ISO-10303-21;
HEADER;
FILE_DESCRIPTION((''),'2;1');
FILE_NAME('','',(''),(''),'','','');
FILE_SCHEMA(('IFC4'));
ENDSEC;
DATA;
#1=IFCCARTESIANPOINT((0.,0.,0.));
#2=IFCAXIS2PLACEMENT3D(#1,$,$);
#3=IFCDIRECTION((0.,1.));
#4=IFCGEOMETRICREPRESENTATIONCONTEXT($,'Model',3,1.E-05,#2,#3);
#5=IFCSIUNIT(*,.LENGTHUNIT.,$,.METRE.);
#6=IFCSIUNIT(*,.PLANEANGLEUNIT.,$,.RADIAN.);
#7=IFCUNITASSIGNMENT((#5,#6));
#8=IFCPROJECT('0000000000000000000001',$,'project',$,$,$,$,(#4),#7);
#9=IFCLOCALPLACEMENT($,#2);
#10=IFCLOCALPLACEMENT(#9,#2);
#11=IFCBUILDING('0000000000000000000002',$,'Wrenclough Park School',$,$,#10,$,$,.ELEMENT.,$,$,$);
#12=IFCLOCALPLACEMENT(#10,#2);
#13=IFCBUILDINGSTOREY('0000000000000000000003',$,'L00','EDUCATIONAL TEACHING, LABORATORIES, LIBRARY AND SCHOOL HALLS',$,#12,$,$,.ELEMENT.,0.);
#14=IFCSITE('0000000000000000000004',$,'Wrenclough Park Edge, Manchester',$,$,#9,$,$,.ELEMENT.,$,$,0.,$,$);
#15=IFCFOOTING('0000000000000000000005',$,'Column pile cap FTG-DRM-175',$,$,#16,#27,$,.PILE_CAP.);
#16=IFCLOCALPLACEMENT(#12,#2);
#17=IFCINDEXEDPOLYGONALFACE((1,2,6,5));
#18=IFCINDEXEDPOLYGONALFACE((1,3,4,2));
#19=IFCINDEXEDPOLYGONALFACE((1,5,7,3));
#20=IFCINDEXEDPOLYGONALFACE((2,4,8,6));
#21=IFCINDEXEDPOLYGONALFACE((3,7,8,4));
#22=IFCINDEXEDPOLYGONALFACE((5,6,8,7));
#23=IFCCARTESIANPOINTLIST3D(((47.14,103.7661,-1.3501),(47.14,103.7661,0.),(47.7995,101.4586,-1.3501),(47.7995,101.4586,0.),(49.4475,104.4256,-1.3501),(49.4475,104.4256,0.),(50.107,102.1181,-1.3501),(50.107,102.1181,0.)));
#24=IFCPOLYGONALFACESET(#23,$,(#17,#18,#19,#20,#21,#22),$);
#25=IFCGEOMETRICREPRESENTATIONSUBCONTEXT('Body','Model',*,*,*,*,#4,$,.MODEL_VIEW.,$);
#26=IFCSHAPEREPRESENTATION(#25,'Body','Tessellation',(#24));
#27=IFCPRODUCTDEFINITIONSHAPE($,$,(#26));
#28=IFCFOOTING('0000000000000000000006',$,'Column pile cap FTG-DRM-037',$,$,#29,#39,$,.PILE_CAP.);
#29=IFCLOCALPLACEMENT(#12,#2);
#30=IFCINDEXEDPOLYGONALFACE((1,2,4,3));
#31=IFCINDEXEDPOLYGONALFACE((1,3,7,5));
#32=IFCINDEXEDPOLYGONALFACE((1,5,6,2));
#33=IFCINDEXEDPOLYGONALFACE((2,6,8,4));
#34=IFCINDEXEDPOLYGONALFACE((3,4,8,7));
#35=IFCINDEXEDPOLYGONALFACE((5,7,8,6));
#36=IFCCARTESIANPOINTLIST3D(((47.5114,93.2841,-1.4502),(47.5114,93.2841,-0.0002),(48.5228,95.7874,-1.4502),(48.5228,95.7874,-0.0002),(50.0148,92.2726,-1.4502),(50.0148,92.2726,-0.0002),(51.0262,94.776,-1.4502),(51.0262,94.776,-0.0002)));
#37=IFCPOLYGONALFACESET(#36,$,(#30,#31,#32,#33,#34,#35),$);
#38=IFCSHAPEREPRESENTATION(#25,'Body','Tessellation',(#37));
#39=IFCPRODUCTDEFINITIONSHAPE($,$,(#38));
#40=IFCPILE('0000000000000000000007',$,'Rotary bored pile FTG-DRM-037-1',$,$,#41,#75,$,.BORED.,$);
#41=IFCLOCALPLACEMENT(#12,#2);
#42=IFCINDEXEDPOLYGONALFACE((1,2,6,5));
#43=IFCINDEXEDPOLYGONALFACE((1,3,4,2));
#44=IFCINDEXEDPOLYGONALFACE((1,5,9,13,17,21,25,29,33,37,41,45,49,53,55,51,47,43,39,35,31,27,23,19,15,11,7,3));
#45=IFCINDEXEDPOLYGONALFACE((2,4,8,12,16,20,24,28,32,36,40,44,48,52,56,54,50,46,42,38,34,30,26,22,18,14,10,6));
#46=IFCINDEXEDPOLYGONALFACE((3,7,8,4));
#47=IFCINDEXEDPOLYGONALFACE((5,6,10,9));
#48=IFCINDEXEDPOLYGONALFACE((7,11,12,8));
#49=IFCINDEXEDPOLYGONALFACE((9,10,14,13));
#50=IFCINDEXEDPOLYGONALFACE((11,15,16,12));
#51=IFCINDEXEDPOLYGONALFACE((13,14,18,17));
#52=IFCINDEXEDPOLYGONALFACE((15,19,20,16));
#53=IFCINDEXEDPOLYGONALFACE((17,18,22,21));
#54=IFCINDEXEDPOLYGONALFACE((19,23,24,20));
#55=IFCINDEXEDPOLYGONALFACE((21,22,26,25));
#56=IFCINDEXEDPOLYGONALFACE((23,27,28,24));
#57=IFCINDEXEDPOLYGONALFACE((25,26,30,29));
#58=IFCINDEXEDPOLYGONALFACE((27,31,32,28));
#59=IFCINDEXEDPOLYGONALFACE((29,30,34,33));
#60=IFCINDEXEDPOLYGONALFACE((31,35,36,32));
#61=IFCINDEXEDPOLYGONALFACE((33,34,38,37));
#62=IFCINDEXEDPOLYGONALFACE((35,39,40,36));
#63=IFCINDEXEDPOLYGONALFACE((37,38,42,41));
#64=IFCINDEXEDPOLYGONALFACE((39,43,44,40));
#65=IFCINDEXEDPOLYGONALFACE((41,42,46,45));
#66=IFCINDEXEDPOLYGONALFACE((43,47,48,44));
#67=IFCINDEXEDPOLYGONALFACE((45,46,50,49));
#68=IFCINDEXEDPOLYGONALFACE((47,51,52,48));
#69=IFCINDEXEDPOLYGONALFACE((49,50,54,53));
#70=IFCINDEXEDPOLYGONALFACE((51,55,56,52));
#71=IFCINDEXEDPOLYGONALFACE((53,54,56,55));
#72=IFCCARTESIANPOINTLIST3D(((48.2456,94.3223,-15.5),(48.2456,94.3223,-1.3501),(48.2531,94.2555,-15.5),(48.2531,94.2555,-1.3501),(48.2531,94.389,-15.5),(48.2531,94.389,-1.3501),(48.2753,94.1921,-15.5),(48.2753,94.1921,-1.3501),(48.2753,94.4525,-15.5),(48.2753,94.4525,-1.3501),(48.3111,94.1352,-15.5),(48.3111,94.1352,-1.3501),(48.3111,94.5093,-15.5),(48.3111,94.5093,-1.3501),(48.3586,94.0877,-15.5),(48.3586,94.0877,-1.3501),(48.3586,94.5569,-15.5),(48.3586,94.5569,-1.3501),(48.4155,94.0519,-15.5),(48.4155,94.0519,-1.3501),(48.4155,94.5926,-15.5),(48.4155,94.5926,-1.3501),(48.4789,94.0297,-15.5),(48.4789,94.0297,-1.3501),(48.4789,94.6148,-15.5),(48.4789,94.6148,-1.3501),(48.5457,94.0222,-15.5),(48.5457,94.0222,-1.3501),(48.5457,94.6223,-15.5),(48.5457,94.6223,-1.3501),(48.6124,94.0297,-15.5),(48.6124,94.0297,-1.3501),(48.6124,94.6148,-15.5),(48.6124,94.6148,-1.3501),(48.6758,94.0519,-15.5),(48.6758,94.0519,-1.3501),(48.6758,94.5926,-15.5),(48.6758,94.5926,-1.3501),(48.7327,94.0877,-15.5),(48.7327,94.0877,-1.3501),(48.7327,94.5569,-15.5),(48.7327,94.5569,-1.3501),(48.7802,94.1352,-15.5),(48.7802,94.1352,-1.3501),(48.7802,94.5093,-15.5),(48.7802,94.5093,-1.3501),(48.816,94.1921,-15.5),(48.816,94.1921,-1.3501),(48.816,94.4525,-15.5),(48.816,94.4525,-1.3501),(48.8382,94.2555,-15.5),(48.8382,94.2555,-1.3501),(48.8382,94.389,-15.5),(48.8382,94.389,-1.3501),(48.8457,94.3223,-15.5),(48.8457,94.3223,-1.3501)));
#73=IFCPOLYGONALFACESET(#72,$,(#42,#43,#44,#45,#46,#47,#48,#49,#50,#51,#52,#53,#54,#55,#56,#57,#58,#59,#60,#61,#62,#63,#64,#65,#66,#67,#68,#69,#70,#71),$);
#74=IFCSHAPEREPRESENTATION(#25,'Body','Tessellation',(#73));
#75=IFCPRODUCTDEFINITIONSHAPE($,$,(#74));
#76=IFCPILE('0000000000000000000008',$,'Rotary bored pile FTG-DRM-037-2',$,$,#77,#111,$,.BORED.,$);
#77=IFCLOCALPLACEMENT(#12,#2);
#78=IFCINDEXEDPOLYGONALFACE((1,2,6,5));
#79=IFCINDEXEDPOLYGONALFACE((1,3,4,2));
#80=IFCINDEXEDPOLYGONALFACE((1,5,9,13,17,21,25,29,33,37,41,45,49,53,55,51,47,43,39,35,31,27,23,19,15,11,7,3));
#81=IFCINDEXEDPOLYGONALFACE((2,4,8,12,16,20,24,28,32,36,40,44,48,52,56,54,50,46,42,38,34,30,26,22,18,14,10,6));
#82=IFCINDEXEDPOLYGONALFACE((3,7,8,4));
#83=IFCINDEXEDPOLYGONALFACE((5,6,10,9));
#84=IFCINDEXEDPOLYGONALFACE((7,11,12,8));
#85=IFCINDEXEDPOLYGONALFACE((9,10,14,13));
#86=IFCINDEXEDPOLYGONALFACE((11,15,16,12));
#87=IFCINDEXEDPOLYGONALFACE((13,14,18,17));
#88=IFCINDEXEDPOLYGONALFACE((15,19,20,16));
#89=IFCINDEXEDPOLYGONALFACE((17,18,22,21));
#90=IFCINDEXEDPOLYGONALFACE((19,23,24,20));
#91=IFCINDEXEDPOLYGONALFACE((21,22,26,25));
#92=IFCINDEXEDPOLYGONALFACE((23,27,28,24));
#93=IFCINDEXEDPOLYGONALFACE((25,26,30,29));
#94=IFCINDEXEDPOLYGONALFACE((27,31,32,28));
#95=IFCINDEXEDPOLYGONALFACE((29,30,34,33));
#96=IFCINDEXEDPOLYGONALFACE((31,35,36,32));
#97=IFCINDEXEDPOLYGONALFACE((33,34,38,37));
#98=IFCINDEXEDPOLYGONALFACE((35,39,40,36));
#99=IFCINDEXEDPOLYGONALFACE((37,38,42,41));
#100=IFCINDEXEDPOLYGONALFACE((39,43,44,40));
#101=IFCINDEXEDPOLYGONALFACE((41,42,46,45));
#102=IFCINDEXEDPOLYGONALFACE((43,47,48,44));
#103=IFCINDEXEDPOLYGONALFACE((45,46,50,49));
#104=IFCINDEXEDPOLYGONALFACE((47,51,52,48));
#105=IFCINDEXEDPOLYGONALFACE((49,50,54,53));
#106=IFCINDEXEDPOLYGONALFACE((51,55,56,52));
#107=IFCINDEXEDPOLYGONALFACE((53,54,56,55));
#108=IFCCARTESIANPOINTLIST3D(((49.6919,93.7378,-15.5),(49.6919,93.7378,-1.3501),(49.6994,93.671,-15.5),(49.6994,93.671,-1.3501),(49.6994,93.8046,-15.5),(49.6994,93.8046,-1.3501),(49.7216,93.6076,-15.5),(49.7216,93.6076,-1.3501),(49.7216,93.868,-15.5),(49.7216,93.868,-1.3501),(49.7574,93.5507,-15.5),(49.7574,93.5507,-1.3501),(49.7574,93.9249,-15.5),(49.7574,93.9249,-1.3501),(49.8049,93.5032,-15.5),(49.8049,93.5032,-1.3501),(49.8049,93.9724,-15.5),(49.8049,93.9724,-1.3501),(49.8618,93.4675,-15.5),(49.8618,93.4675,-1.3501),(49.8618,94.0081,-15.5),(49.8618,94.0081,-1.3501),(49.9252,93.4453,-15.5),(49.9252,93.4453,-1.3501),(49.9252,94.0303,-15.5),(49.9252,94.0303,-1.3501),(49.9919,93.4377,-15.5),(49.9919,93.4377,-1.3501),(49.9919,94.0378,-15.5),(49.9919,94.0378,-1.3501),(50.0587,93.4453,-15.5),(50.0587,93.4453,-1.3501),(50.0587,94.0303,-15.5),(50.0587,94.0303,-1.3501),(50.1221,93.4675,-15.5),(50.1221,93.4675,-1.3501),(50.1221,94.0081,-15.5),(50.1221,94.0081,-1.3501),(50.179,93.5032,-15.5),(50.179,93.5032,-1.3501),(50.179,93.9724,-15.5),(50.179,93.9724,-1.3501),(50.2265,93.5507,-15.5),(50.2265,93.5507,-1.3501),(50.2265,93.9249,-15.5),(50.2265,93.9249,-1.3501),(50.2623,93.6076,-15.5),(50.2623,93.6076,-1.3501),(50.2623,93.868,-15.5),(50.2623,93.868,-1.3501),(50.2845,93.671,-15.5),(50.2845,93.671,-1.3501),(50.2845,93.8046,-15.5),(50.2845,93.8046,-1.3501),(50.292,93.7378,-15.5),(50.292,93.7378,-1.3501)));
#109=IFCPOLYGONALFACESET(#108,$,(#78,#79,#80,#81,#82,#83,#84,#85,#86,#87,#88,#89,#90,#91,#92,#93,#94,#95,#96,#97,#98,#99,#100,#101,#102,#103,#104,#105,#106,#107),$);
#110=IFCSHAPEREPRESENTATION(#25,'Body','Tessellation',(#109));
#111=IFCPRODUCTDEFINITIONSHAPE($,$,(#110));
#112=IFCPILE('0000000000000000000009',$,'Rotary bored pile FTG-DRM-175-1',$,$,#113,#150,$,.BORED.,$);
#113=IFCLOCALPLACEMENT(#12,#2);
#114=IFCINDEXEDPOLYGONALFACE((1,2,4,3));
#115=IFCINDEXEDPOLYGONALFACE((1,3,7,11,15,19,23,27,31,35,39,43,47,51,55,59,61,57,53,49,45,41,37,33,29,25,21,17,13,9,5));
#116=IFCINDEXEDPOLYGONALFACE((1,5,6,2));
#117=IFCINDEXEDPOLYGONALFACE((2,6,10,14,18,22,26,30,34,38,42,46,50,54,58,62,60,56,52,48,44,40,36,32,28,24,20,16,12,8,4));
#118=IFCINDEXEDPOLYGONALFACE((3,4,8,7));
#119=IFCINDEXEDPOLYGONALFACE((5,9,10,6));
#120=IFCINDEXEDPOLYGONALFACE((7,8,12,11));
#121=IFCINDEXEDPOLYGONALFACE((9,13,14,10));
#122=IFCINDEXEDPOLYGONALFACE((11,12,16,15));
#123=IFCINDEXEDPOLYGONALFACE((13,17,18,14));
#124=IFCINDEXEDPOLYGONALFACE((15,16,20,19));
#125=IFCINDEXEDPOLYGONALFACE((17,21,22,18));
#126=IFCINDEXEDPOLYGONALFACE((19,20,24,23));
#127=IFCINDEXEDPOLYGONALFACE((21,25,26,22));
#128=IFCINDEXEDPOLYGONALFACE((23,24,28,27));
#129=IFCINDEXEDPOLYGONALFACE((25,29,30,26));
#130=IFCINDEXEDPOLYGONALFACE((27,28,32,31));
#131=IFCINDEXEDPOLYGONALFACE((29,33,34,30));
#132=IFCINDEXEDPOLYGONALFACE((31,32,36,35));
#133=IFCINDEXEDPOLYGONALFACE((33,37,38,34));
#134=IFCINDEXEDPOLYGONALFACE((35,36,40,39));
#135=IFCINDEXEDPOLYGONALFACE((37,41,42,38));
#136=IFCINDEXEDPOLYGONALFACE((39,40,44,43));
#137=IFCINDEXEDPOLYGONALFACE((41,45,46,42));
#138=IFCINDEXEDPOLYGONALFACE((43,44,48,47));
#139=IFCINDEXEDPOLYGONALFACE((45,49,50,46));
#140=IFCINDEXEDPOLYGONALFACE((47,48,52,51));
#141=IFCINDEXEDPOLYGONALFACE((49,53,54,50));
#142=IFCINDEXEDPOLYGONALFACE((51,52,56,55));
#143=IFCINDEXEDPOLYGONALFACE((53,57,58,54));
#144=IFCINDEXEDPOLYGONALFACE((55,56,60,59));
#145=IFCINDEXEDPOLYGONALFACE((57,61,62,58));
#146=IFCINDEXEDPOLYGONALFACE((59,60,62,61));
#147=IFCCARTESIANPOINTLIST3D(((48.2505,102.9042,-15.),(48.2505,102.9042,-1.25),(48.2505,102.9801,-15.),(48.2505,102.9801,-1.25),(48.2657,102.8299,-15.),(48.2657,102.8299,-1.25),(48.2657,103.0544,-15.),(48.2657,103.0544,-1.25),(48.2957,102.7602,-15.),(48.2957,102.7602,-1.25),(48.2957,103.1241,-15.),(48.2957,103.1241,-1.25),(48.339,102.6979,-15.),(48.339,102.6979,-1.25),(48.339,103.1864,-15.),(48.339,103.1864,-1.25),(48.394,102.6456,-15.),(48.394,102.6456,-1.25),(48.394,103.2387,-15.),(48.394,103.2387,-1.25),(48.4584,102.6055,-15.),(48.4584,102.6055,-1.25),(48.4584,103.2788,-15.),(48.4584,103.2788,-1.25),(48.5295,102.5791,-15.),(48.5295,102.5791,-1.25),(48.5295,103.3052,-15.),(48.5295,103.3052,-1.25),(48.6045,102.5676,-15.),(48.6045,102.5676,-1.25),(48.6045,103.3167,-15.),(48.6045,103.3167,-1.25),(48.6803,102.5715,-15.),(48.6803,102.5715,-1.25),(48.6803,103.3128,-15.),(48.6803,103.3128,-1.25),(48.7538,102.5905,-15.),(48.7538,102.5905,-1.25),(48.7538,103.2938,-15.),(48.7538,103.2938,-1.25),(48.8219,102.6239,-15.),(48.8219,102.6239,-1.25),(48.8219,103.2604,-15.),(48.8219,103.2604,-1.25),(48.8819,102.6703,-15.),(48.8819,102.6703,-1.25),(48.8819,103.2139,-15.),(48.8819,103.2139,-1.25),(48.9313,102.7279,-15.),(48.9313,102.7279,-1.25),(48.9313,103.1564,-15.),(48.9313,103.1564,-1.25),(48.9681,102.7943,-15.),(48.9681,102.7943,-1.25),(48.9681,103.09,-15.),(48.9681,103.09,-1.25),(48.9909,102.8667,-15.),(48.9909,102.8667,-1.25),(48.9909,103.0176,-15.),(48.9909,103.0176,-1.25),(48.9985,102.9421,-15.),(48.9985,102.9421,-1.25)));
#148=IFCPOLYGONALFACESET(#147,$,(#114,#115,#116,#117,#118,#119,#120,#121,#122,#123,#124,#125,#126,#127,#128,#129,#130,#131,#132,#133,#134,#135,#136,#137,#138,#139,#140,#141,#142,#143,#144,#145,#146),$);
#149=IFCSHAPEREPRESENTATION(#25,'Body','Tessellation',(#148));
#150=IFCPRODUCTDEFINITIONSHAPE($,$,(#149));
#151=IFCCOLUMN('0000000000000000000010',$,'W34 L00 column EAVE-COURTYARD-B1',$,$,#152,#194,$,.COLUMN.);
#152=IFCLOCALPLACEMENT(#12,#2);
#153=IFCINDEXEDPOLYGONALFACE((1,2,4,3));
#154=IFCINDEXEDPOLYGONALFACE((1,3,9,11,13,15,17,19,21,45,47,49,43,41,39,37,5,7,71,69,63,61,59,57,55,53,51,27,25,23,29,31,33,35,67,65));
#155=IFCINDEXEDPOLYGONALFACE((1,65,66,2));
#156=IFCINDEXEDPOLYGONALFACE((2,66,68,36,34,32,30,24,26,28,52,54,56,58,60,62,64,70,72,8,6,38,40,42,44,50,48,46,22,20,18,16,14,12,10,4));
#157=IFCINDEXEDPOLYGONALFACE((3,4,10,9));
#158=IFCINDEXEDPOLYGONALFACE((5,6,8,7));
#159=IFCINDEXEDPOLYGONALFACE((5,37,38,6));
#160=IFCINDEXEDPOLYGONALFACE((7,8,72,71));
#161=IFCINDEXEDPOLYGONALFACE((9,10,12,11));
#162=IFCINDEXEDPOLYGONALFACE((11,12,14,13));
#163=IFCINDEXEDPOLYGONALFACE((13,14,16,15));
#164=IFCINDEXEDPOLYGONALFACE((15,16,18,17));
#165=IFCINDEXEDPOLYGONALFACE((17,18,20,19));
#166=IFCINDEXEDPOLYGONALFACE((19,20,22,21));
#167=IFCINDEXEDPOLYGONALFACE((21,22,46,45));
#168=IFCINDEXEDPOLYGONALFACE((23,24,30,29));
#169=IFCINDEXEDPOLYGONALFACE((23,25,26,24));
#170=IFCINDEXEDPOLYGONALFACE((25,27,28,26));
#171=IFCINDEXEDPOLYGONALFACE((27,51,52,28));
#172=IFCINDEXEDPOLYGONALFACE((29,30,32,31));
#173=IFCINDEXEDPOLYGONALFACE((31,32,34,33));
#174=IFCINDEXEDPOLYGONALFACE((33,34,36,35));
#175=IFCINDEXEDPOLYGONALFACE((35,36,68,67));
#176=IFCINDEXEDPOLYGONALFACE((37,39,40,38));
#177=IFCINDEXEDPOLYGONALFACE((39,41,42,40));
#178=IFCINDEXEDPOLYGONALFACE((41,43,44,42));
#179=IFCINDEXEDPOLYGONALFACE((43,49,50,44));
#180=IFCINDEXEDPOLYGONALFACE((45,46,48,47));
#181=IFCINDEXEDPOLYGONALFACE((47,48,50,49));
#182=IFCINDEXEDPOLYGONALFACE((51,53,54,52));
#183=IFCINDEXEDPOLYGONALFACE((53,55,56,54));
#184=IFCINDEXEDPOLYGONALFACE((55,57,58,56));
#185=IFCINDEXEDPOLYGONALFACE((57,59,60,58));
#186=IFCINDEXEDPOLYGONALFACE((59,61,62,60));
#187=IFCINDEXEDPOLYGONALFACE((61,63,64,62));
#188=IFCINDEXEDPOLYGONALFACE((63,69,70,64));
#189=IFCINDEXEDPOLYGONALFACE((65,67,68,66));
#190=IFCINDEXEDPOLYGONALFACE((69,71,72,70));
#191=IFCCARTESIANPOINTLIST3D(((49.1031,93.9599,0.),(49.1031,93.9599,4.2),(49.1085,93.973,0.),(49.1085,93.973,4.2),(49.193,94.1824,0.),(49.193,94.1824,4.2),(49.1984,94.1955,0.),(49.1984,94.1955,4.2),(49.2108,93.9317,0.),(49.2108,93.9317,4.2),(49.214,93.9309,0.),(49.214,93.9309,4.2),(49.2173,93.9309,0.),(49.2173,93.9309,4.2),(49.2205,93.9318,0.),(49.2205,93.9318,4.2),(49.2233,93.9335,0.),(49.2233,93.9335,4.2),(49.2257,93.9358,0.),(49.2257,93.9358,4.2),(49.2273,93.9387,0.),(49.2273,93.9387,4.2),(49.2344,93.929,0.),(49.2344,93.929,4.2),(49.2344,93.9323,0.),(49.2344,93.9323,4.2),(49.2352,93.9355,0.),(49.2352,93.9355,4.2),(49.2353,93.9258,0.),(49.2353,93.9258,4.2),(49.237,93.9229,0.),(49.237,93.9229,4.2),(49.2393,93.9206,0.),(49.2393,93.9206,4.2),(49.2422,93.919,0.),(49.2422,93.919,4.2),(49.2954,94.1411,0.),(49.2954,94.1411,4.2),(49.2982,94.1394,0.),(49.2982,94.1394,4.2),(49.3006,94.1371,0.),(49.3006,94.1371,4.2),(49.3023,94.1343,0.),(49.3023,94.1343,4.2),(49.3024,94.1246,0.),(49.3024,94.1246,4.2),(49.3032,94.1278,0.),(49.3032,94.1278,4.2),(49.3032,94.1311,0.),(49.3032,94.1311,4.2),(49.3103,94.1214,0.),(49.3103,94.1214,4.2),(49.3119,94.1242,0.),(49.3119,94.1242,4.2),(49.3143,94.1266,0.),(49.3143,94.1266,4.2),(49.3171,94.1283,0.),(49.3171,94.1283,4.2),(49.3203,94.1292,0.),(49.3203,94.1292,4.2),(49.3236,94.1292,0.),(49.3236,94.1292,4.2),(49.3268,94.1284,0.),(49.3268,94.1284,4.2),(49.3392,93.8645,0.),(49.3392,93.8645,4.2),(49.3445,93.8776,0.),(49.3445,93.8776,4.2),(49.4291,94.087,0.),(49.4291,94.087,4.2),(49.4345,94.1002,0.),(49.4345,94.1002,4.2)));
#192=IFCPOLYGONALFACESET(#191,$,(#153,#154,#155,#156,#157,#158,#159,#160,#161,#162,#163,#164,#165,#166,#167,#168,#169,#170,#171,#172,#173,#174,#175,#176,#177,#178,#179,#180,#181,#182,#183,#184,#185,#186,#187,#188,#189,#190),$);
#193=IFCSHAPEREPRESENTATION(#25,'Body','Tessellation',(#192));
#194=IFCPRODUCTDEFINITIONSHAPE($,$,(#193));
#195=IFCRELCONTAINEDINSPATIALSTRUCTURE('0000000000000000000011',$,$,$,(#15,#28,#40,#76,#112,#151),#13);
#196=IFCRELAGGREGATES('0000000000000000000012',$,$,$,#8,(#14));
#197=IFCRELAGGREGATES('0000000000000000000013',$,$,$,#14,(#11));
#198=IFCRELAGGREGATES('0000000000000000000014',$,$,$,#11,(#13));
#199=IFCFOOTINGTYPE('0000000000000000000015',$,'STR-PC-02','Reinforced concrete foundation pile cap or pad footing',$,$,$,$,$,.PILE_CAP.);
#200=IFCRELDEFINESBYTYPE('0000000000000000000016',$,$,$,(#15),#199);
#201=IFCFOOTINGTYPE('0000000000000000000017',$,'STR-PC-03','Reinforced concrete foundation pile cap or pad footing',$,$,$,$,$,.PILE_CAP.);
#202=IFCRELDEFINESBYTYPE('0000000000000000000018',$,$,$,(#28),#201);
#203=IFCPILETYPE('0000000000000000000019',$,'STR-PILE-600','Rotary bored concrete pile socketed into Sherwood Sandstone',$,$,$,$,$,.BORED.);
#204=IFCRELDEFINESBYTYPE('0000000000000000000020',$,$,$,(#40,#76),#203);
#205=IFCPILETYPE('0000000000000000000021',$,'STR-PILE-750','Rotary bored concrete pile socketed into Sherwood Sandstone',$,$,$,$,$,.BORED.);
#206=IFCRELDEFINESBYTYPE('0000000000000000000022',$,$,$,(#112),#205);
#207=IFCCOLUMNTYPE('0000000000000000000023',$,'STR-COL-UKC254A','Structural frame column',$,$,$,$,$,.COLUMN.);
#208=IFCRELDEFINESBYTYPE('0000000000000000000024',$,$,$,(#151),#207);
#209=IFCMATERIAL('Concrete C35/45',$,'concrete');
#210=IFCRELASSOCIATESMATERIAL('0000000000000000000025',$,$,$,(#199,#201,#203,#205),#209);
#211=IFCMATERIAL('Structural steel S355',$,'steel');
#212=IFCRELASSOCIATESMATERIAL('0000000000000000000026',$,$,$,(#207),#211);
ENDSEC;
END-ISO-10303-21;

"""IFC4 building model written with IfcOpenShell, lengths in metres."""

from ifc_helpers import new_model, si_unit, direction, frame, origin, origin_2d, place, context, subcontext, project, spatial, rectangle, circle, i_section, extrude, material, material_profile, profile_set, type_object, element, save


model = new_model("IFC4")

# Units and contexts
model_context = context("Model", 3, precision=1e-05, world=origin(), true_north=direction((0.0, 1.0)))
body_context = subcontext(model_context, "Body", "Model", "MODEL_VIEW")
ifc_project = project(units=[si_unit("LENGTHUNIT", "METRE"), si_unit("PLANEANGLEUNIT", "RADIAN")], contexts=[model_context])

# Site, building, storey
site_placement = place(None, origin())
site = spatial("IfcSite", under=ifc_project, at=site_placement, Name="Wrenclough Park Edge, Manchester", CompositionType="ELEMENT", RefElevation=0.0)
building_placement = place(site_placement, origin())
building = spatial("IfcBuilding", under=site, at=building_placement, Name="Wrenclough Park School", CompositionType="ELEMENT")
storey_placement = place(building_placement, origin())
storey = spatial("IfcBuildingStorey", under=building, at=storey_placement, Name="L00", Description="EDUCATIONAL TEACHING, LABORATORIES, LIBRARY AND SCHOOL HALLS", CompositionType="ELEMENT", Elevation=0.0)

# Footings
ifc_material_1 = material(Name="Concrete C35/45", Category="concrete")
footing_type_1 = type_object("IfcFootingType", Name="STR-PC-02", Description="Reinforced concrete foundation pile cap or pad footing", PredefinedType="PILE_CAP", material=ifc_material_1)
footing_1_placement = place(storey_placement, frame((48.6235, 102.9421, -1.3501), z_axis=(0.0, 0.0, 1.0), x_axis=(0.961502, 0.274798, 0.0)))
element("IfcFooting", 1, at=footing_1_placement, inside=storey, type_object=footing_type_1, Name="Column pile cap FTG-DRM-175", PredefinedType="PILE_CAP", context=body_context, shape_type="SweptSolid", body=[
    extrude(rectangle(XDim=2.3999, YDim=2.3999, at=origin_2d()), origin(), (0.0, 0.0, 1.0), 1.3501),
])
footing_type_2 = type_object("IfcFootingType", Name="STR-PC-03", Description="Reinforced concrete foundation pile cap or pad footing", PredefinedType="PILE_CAP", material=ifc_material_1)
footing_2_placement = place(storey_placement, frame((49.2688, 94.03, -1.4502), z_axis=(0.0, 0.0, 1.0), x_axis=(0.927184, -0.374607, 0.0)))
element("IfcFooting", 2, at=footing_2_placement, inside=storey, type_object=footing_type_2, Name="Column pile cap FTG-DRM-037", PredefinedType="PILE_CAP", context=body_context, shape_type="SweptSolid", body=[
    extrude(rectangle(XDim=2.7, YDim=2.7, at=origin_2d()), origin(), (0.0, 0.0, 1.0), 1.45),
])

# Piles
ifc_material_profile_1 = material_profile(ifc_material_1, circle(Radius=0.3, at=origin_2d()), Name="BORED PILE D600")
ifc_profile_set_1 = profile_set([ifc_material_profile_1], Name="Concrete C35/45")
pile_type_1 = type_object("IfcPileType", Name="STR-PILE-600", Description="Rotary bored concrete pile socketed into Sherwood Sandstone", PredefinedType="BORED", material=ifc_profile_set_1)
for number, where, z_axis, x_axis, name in (
    (3, (48.5457, 94.3223, -1.3501), (0.0, 0.0, -1.0), (1.0, 0.0, 0.0), "Rotary bored pile FTG-DRM-037-1"),
    (4, (49.9919, 93.7378, -1.3501), (0.0, 0.0, -1.0), (1.0, 0.0, 0.0), "Rotary bored pile FTG-DRM-037-2"),
):
    element("IfcPile", number, at=place(storey_placement, frame(where, z_axis=z_axis, x_axis=x_axis)), inside=storey, type_object=pile_type_1, Name=name, PredefinedType="BORED", context=body_context, shape_type="SweptSolid", body=[
        extrude(circle(Radius=0.3, at=origin_2d()), origin(), (0.0, 0.0, 1.0), 14.1499),
    ])
ifc_material_profile_2 = material_profile(ifc_material_1, circle(Radius=0.375, at=origin_2d()), Name="BORED PILE D750")
ifc_profile_set_2 = profile_set([ifc_material_profile_2], Name="Concrete C35/45")
pile_type_2 = type_object("IfcPileType", Name="STR-PILE-750", Description="Rotary bored concrete pile socketed into Sherwood Sandstone", PredefinedType="BORED", material=ifc_profile_set_2)
pile_placement = place(storey_placement, frame((48.6235, 102.9421, -1.25), z_axis=(0.0, 0.0, -1.0), x_axis=(1.0, 0.0, 0.0)))
element("IfcPile", 5, at=pile_placement, inside=storey, type_object=pile_type_2, Name="Rotary bored pile FTG-DRM-175-1", PredefinedType="BORED", context=body_context, shape_type="SweptSolid", body=[
    extrude(circle(Radius=0.375, at=origin_2d()), origin(), (0.0, 0.0, 1.0), 13.75),
])

# Column
ifc_material_2 = material(Name="Structural steel S355", Category="steel")
ifc_material_profile_3 = material_profile(ifc_material_2, i_section(OverallWidth=0.2546, OverallDepth=0.2542, WebThickness=0.0085, FlangeThickness=0.0142, FilletRadius=0.0127, at=origin_2d()), Name="UKC 254x254x73")
ifc_profile_set_3 = profile_set([ifc_material_profile_3], Name="Structural steel S355")
column_type = type_object("IfcColumnType", Name="STR-COL-UKC254A", Description="Structural frame column", PredefinedType="COLUMN", material=ifc_profile_set_3)
for number, where, z_axis, x_axis, name in (
    (6, (49.2688, 94.03, 0.0), (0.0, 0.0, 1.0), (0.927184, -0.374607, 0.0), "W34 L00 column EAVE-COURTYARD-B1"),
):
    element("IfcColumn", number, at=place(storey_placement, frame(where, z_axis=z_axis, x_axis=x_axis)), inside=storey, type_object=column_type, Name=name, PredefinedType="COLUMN", context=body_context, shape_type="SweptSolid", body=[
        extrude(i_section(OverallWidth=0.2546, OverallDepth=0.2542, WebThickness=0.0085, FlangeThickness=0.0142, FilletRadius=0.0127, at=origin_2d()), origin(), (0.0, 0.0, 1.0), 4.2),
    ])

save(model, "model.ifc")
